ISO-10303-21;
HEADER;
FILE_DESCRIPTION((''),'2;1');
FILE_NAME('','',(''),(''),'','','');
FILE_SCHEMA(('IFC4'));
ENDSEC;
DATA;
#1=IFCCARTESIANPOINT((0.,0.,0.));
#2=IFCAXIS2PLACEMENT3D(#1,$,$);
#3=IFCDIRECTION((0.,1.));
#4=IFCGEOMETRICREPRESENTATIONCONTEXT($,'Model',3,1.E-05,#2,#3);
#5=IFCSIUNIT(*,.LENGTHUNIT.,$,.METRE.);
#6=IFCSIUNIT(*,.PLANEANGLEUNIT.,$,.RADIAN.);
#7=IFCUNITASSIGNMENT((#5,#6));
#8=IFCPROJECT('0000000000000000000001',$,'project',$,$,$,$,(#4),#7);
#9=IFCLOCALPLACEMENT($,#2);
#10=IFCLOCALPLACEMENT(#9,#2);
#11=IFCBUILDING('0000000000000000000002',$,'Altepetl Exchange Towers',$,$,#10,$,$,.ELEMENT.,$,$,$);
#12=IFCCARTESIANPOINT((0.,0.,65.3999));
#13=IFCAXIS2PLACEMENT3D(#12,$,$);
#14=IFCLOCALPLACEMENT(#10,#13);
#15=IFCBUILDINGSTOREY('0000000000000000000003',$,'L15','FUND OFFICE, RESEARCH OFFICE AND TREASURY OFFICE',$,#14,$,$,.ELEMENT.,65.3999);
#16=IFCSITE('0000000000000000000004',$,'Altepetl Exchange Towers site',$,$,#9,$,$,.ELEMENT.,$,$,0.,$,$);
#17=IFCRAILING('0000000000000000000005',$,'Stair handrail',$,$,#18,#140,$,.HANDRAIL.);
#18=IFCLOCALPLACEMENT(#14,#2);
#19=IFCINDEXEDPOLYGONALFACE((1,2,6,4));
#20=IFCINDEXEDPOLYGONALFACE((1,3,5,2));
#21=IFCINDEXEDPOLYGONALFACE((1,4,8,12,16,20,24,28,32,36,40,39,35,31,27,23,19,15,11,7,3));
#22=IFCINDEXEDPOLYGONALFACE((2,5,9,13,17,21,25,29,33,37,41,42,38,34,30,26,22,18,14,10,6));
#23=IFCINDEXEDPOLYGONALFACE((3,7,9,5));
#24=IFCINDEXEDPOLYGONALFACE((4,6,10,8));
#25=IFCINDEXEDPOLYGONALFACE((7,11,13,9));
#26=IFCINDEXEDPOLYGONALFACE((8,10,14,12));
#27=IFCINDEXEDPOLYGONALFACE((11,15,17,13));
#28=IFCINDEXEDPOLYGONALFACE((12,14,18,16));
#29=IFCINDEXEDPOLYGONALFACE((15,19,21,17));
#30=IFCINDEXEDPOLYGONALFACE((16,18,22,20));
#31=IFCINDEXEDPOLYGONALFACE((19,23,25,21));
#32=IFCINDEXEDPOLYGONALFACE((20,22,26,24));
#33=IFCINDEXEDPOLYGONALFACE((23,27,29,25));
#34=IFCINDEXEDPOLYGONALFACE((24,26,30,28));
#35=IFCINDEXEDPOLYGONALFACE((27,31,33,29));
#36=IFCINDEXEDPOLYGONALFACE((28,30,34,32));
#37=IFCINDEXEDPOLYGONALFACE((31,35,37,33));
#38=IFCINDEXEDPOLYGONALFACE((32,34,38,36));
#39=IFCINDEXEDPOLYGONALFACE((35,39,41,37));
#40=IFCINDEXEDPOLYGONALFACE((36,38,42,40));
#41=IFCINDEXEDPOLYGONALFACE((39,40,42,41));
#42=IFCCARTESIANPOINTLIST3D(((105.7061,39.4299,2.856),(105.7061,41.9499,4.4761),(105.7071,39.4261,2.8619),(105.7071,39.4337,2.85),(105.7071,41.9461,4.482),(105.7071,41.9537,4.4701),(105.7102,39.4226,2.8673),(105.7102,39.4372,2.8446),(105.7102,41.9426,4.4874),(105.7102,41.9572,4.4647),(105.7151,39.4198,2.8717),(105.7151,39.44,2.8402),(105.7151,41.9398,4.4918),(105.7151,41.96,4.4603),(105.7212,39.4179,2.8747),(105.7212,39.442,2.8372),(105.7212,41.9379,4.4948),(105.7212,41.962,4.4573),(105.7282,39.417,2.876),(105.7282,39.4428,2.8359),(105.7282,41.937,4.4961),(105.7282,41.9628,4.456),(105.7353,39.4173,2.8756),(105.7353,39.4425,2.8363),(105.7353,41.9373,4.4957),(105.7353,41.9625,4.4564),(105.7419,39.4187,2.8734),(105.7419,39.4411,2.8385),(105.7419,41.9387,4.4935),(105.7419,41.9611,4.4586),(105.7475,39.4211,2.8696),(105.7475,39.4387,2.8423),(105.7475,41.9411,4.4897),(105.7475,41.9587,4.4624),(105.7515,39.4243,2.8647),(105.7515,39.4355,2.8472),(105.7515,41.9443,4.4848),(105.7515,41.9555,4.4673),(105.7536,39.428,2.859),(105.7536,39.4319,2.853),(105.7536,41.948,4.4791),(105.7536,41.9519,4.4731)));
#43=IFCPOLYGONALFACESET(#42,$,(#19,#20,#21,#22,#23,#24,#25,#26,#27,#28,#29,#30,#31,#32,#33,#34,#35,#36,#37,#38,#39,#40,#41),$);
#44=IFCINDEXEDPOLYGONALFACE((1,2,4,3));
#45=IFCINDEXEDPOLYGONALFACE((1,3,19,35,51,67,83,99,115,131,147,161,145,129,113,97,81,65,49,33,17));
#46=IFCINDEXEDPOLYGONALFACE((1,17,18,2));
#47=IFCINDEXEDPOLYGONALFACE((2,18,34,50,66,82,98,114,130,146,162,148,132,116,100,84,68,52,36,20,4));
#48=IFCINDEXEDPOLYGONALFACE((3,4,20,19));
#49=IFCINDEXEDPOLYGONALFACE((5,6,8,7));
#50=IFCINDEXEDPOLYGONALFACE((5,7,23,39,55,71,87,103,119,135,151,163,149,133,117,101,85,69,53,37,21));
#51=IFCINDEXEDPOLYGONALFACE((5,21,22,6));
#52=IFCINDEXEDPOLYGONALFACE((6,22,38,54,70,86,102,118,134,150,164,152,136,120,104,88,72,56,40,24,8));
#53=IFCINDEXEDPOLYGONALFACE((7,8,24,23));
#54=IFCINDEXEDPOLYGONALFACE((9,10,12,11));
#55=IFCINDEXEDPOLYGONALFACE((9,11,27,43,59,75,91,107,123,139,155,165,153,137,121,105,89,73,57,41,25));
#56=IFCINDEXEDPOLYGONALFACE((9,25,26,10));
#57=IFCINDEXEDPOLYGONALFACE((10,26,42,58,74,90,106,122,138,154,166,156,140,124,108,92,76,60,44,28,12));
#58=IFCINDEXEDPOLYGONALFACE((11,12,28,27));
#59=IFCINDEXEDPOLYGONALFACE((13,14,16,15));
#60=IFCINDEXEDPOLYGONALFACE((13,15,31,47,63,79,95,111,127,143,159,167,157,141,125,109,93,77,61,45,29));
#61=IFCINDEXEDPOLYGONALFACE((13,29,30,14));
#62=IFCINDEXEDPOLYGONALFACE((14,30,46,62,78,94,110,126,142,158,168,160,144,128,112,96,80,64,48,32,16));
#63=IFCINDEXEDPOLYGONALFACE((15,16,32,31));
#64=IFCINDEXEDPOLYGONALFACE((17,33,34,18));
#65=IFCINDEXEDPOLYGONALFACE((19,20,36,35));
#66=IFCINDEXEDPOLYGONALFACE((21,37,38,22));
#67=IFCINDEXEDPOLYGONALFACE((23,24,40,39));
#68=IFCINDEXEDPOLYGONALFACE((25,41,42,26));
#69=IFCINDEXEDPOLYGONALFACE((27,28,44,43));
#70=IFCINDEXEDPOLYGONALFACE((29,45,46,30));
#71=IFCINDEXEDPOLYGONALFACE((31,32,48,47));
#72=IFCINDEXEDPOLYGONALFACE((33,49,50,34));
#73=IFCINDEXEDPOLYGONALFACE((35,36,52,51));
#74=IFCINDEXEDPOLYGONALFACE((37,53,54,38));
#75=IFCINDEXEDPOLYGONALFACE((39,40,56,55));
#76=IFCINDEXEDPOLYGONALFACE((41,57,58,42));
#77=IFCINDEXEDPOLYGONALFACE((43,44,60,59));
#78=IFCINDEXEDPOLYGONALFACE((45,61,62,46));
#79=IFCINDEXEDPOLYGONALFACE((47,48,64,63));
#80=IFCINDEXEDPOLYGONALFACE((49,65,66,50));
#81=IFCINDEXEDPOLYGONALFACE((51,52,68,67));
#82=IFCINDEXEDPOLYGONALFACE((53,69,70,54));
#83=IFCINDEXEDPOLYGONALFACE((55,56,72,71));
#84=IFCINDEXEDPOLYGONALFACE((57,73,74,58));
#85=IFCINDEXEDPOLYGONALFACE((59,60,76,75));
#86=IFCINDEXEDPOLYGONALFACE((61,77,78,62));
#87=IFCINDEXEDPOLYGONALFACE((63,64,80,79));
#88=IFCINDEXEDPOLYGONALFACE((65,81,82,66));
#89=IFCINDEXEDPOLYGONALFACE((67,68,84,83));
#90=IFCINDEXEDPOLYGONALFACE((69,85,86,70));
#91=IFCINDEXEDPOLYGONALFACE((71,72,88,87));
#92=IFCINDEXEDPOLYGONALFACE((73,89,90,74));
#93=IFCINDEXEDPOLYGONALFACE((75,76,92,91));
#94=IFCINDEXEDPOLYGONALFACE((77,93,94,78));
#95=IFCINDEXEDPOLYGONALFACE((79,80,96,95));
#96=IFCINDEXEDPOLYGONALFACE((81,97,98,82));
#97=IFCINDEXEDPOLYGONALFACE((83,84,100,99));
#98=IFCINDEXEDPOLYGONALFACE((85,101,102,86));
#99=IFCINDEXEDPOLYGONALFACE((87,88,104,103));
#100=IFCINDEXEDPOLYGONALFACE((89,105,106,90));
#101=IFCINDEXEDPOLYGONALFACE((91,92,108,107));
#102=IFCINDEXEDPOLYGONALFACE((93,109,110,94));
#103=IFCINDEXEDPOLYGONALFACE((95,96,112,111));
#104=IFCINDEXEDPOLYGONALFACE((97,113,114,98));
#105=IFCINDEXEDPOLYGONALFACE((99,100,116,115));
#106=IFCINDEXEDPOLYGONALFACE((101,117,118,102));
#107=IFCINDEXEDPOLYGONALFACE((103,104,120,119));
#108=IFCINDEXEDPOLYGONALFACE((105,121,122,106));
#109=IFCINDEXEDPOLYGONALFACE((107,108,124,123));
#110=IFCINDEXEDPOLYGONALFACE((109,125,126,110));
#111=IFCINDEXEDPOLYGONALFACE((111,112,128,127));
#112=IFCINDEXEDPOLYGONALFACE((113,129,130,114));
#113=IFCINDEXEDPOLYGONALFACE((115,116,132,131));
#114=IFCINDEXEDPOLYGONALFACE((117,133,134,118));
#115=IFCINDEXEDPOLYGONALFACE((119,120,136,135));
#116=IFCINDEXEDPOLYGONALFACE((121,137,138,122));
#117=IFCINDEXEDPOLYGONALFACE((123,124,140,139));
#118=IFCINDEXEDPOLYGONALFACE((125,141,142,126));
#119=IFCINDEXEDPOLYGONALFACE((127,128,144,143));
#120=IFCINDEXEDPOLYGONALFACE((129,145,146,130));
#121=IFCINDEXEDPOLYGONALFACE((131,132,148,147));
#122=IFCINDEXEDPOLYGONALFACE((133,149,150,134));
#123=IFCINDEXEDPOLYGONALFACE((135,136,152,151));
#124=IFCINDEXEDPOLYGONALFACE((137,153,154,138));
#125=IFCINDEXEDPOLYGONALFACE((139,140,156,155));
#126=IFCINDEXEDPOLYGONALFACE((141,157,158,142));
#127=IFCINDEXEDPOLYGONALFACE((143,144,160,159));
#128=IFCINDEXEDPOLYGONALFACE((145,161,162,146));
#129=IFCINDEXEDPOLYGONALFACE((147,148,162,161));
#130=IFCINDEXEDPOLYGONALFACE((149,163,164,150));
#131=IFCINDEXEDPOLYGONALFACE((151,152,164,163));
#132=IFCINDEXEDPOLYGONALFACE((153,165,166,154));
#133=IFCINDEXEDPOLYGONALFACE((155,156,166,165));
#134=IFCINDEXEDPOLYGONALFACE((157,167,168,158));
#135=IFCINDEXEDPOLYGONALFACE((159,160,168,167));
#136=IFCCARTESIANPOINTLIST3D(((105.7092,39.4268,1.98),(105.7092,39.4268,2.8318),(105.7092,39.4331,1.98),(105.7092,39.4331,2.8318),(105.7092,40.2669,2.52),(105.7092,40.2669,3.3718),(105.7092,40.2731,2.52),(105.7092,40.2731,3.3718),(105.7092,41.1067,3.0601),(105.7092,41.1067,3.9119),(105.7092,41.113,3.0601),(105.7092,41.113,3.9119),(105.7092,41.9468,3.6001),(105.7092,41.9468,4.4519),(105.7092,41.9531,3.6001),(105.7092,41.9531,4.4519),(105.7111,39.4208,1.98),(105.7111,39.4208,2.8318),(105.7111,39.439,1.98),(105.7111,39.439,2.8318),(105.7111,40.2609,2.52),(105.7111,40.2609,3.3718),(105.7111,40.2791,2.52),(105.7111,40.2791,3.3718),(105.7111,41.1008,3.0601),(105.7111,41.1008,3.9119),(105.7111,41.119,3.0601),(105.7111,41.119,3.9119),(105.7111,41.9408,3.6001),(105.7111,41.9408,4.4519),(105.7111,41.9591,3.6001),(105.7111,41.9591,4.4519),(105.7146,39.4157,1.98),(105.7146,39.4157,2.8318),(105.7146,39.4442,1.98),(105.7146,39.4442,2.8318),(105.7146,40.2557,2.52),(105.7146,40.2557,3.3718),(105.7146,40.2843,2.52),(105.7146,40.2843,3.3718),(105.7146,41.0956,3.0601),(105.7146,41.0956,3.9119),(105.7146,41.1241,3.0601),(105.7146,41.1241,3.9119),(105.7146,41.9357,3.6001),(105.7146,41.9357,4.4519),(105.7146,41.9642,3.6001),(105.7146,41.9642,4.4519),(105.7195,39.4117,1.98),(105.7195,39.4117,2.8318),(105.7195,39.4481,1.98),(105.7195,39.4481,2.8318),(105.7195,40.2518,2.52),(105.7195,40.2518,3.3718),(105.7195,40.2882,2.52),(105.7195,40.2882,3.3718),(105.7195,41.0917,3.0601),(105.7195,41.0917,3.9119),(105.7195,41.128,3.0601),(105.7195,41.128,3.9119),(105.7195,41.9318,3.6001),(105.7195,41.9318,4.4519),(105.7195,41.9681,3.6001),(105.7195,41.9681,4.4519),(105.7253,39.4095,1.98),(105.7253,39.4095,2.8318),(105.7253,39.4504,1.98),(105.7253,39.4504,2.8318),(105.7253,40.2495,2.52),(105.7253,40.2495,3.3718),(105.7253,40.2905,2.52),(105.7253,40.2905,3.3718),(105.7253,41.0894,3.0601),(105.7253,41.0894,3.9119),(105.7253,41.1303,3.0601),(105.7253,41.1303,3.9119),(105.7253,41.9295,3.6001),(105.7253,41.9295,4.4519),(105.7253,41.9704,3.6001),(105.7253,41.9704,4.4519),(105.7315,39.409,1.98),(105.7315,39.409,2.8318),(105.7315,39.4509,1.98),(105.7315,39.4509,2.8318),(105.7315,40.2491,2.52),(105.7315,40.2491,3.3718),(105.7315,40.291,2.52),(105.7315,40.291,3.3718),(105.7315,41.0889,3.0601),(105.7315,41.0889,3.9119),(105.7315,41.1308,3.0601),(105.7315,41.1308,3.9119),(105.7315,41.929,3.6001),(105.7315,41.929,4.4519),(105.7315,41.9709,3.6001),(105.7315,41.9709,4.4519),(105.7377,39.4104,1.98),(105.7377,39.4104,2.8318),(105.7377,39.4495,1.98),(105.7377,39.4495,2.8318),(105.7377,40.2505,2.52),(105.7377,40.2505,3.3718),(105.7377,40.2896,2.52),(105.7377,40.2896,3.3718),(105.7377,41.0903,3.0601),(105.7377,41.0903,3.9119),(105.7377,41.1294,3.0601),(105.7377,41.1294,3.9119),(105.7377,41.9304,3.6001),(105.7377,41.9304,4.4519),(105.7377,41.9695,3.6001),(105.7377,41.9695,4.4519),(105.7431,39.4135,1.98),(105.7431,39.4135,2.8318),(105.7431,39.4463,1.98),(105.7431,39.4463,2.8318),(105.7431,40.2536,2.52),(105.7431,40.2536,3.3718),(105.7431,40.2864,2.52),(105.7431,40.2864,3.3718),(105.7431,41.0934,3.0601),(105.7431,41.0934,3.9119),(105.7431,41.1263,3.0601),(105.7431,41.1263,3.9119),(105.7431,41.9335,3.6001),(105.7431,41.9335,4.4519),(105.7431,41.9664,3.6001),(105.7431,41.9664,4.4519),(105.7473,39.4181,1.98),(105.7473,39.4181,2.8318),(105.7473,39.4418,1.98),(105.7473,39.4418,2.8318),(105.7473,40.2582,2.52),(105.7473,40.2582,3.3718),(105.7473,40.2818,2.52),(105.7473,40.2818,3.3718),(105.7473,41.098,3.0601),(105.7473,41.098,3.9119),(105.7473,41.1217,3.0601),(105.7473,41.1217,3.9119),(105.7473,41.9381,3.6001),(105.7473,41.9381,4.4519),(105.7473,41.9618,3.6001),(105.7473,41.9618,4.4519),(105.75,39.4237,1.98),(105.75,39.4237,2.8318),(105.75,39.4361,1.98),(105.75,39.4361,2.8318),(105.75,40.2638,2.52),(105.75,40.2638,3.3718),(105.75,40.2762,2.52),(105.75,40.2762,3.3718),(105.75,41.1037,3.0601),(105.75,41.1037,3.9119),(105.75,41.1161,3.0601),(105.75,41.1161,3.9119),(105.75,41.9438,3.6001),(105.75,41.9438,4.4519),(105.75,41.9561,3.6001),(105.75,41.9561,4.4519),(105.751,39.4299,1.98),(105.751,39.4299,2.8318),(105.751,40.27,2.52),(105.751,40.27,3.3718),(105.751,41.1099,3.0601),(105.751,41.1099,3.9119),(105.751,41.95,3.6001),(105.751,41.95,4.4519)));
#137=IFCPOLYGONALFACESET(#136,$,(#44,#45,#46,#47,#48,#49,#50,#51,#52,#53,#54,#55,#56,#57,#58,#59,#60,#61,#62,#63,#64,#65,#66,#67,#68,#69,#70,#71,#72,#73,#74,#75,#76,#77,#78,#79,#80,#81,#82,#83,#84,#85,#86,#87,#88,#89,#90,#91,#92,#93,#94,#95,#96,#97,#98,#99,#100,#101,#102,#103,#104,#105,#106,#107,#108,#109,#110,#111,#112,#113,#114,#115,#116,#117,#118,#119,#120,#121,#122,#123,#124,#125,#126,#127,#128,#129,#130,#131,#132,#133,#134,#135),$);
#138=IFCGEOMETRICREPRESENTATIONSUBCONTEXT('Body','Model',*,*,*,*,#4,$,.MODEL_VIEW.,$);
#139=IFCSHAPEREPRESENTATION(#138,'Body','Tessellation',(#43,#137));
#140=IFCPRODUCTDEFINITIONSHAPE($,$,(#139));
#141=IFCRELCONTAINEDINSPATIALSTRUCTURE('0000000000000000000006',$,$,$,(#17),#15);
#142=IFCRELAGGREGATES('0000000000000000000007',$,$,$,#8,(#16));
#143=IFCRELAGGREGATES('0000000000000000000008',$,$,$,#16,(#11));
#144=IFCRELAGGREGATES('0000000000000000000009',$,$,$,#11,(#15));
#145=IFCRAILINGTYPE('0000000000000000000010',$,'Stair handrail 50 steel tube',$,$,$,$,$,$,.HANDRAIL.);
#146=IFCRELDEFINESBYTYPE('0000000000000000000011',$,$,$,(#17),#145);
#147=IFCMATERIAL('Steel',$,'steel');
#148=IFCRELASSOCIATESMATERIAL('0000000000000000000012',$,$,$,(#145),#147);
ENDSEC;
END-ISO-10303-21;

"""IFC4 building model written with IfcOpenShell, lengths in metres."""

from ifc_helpers import new_model, si_unit, direction, frame, origin, origin_2d, place, context, subcontext, project, spatial, circle, extrude, source, transform, mapped, material, type_object, element, save


model = new_model("IFC4")

# Units and contexts
model_context = context("Model", 3, precision=1e-05, world=origin(), true_north=direction((0.0, 1.0)))
body_context = subcontext(model_context, "Body", "Model", "MODEL_VIEW")
ifc_project = project(units=[si_unit("LENGTHUNIT", "METRE"), si_unit("PLANEANGLEUNIT", "RADIAN")], contexts=[model_context])

# Site, building, storey
site_placement = place(None, origin())
site = spatial("IfcSite", under=ifc_project, at=site_placement, Name="Altepetl Exchange Towers site", CompositionType="ELEMENT", RefElevation=0.0)
building_placement = place(site_placement, origin())
building = spatial("IfcBuilding", under=site, at=building_placement, Name="Altepetl Exchange Towers", CompositionType="ELEMENT")
storey_placement = place(building_placement, frame((0.0, 0.0, 65.3999)))
storey = spatial("IfcBuildingStorey", under=building, at=storey_placement, Name="L15", Description="FUND OFFICE, RESEARCH OFFICE AND TREASURY OFFICE", CompositionType="ELEMENT", Elevation=65.3999)

# Railing
ifc_material_1 = material(Name="Steel", Category="steel")
railing_type = type_object("IfcRailingType", Name="Stair handrail 50 steel tube", PredefinedType="HANDRAIL", material=ifc_material_1)
shared_shape = source(origin(), body_context, "Body", "SweptSolid", [
    extrude(circle(Radius=0.021, at=origin_2d()), origin(), (0.0, 0.0, 1.0), 0.8518),
])
railing_placement = place(storey_placement, frame((105.73, 39.4299, 1.98)))
element("IfcRailing", 1, at=railing_placement, inside=storey, type_object=railing_type, Name="Stair handrail", PredefinedType="HANDRAIL", context=body_context, shape_type="SweptSolid", body=[
    extrude(circle(Radius=0.0239, at=origin_2d()), frame((0.0, 0.0, 0.876), z_axis=(0.0, 0.841163, 0.540782), x_axis=(-1.0, 0.0, 0.0)), (0.0, 0.0, 1.0), 2.9958),
    mapped(shared_shape, transform((0.0, 0.0, 0.0))),
    mapped(shared_shape, transform((0.0, 0.8401, 0.54))),
    mapped(shared_shape, transform((0.0, 1.6799, 1.0801))),
    mapped(shared_shape, transform((0.0, 2.52, 1.6201))),
])

save(model, "model.ifc")
